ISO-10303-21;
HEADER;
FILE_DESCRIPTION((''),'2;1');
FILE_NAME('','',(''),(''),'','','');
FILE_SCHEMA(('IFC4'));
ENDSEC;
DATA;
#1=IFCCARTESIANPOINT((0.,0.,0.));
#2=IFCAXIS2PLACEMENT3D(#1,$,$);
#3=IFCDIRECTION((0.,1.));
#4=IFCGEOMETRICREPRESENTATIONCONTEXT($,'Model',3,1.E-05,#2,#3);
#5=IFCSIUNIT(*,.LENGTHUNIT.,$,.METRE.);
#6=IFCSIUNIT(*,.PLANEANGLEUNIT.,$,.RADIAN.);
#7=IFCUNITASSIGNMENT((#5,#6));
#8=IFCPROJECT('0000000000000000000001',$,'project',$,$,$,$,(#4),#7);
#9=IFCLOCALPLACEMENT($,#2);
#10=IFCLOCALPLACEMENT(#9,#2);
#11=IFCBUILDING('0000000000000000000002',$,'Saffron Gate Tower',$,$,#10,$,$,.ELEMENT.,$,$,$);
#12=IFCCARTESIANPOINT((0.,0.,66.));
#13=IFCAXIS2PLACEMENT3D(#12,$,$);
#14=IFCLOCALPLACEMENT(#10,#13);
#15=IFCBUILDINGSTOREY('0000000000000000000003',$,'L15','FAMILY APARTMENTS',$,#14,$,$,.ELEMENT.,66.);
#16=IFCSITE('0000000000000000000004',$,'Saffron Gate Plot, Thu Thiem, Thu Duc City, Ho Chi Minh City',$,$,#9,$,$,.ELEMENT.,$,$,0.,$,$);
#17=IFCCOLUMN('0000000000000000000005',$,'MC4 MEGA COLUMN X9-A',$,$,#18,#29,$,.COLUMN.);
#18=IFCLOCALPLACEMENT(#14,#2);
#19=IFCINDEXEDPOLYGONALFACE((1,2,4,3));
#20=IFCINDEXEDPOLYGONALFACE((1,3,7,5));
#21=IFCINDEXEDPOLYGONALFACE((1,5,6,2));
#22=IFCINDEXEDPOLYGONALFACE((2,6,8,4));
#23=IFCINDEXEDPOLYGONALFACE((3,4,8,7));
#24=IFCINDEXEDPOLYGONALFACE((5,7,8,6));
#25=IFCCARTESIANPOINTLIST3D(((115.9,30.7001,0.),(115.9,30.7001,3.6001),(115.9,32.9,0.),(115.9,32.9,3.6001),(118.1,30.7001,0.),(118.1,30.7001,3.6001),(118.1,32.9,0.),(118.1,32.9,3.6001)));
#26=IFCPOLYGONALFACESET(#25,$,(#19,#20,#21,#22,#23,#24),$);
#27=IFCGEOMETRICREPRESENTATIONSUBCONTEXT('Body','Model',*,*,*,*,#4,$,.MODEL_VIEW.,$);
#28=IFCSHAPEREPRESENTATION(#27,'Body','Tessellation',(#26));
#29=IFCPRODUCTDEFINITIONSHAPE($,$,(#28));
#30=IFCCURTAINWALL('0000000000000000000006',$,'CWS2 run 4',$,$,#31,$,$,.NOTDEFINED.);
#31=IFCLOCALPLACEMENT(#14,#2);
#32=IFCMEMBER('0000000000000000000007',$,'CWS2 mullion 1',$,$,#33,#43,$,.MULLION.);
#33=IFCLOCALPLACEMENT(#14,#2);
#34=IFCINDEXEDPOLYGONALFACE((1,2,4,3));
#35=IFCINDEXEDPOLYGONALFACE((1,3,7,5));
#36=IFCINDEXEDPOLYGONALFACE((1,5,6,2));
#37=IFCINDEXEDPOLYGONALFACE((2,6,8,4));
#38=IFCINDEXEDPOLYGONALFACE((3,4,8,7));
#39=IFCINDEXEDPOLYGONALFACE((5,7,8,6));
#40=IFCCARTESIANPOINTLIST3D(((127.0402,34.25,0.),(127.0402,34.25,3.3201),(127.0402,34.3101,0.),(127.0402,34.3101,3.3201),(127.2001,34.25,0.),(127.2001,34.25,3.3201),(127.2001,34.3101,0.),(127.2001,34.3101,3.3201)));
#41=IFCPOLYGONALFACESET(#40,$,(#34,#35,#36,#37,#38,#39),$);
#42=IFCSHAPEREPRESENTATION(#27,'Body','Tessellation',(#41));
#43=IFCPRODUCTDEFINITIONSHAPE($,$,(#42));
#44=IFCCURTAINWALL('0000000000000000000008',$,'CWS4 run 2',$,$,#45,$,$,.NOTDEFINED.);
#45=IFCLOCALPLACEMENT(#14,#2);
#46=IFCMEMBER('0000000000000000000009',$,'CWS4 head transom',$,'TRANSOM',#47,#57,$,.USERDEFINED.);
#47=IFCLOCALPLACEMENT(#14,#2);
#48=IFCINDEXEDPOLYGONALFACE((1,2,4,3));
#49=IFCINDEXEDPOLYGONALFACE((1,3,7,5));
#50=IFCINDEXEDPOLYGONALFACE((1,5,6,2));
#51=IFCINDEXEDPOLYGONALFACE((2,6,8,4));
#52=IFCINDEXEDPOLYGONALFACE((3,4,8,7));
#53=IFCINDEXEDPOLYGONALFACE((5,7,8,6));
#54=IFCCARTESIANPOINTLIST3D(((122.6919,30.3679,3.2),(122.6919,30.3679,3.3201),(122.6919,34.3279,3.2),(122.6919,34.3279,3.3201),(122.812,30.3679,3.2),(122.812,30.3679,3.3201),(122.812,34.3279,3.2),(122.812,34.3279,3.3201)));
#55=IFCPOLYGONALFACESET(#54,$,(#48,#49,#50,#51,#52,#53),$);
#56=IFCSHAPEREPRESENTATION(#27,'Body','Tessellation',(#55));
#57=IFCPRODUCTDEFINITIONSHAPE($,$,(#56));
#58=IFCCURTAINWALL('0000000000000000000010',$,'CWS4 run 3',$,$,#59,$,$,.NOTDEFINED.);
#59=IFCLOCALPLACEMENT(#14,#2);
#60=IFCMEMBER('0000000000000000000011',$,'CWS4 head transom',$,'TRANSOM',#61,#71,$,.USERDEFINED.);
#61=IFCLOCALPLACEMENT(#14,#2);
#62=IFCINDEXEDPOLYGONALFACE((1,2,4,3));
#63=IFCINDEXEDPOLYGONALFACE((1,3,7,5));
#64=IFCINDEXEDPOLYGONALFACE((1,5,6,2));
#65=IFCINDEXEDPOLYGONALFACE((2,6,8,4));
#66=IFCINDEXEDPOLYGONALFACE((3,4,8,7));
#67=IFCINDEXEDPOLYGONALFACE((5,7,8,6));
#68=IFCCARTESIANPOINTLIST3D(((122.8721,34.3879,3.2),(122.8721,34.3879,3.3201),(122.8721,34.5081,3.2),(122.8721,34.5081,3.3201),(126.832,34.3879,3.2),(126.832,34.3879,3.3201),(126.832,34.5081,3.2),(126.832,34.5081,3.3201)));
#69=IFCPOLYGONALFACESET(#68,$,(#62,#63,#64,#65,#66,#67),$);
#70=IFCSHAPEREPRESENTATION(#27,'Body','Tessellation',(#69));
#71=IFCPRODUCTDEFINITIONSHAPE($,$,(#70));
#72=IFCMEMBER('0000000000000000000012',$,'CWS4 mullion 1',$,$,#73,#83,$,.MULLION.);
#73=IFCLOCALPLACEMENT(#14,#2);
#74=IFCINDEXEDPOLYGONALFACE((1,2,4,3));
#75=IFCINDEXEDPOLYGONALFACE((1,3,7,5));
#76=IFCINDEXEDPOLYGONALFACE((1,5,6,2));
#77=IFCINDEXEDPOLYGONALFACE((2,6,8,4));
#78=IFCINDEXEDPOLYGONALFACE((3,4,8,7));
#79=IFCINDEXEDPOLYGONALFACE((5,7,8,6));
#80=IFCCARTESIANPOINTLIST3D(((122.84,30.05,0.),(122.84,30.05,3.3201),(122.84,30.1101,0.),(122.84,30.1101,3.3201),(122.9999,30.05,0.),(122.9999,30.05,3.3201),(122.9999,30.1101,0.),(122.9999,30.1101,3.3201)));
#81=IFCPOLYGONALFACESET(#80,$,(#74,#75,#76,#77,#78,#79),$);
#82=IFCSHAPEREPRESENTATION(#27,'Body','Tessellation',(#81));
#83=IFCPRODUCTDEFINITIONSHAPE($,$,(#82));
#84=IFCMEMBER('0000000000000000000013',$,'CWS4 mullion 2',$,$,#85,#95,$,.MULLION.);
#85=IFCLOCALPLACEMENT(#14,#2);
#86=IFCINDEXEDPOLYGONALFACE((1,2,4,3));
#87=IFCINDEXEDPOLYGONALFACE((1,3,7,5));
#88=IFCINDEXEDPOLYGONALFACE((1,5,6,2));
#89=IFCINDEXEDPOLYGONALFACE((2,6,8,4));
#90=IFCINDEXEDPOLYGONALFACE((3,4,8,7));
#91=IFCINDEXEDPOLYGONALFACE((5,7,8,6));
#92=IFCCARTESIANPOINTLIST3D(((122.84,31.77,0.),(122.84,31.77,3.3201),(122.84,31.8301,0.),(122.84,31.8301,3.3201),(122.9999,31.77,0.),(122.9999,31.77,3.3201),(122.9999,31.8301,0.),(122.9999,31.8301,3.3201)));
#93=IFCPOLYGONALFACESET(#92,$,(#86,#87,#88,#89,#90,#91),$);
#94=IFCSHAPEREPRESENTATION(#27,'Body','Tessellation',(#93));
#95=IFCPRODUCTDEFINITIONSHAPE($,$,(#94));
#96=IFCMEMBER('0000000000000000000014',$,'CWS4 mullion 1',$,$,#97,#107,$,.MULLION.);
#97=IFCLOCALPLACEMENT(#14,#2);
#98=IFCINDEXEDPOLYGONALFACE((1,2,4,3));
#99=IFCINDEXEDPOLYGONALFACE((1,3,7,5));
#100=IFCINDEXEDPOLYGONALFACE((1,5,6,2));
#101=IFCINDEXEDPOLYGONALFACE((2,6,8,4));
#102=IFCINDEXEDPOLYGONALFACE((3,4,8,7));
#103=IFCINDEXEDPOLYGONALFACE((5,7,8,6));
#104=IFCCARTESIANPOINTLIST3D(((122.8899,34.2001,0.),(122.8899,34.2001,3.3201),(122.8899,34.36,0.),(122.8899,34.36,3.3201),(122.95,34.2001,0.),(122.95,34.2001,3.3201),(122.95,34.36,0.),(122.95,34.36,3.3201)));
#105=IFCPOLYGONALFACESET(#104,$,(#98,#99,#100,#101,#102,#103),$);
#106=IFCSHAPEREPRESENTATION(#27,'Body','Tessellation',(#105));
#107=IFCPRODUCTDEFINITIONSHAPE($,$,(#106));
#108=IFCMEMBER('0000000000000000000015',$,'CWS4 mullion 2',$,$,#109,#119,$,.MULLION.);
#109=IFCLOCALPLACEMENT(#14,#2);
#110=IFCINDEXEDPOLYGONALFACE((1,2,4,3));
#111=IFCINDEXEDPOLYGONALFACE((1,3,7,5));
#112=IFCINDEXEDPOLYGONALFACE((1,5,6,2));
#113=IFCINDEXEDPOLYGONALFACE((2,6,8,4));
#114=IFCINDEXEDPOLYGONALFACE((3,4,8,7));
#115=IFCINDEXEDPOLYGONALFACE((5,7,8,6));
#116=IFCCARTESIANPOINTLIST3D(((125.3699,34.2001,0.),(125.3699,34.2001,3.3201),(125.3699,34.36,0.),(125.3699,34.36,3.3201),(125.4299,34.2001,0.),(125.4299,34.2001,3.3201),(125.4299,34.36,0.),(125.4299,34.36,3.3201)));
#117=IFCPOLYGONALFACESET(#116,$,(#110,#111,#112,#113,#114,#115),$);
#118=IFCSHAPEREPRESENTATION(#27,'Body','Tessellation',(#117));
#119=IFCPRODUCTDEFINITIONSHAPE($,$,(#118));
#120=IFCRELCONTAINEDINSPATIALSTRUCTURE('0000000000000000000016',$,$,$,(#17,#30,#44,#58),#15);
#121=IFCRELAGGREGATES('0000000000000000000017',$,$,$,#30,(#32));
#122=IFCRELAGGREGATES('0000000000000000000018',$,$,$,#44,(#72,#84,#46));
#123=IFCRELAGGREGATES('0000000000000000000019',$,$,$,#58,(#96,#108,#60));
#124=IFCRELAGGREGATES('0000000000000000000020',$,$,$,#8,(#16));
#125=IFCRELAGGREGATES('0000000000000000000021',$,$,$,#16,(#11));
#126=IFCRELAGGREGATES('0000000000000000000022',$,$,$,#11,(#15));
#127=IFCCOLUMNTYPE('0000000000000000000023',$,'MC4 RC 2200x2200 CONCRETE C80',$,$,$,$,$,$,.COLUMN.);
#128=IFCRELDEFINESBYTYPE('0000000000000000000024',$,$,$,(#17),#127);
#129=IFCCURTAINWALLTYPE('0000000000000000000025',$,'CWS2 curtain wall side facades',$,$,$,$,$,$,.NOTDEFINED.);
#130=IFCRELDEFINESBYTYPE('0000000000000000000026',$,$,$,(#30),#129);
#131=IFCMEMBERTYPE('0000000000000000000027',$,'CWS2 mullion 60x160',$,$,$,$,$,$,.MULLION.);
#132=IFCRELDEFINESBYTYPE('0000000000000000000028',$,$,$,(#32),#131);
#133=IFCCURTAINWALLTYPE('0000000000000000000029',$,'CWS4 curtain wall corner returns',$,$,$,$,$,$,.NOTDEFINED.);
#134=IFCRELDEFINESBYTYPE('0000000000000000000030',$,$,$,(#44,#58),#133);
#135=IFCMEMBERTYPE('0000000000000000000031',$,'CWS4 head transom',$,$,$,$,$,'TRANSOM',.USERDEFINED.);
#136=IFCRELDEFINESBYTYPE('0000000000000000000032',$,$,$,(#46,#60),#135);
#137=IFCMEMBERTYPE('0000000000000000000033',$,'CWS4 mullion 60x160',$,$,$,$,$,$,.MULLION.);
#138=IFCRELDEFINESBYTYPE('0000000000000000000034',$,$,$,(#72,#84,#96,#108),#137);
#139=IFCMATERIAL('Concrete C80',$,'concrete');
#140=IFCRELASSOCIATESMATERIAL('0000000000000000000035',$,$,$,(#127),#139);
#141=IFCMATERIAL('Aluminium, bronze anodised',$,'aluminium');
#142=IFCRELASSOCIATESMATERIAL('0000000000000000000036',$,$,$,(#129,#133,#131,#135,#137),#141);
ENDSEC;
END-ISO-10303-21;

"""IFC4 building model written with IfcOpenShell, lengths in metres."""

from ifc_helpers import new_model, si_unit, direction, frame, origin, origin_2d, place, context, subcontext, project, spatial, rectangle, extrude, material, material_profile, profile_set, type_object, element, aggregate, save


model = new_model("IFC4")

# Units and contexts
model_context = context("Model", 3, precision=1e-05, world=origin(), true_north=direction((0.0, 1.0)))
body_context = subcontext(model_context, "Body", "Model", "MODEL_VIEW")
ifc_project = project(units=[si_unit("LENGTHUNIT", "METRE"), si_unit("PLANEANGLEUNIT", "RADIAN")], contexts=[model_context])

# Site, building, storey
site_placement = place(None, origin())
site = spatial("IfcSite", under=ifc_project, at=site_placement, Name="Saffron Gate Plot, Thu Thiem, Thu Duc City, Ho Chi Minh City", CompositionType="ELEMENT", RefElevation=0.0)
building_placement = place(site_placement, origin())
building = spatial("IfcBuilding", under=site, at=building_placement, Name="Saffron Gate Tower", CompositionType="ELEMENT")
storey_placement = place(building_placement, frame((0.0, 0.0, 66.0)))
storey = spatial("IfcBuildingStorey", under=building, at=storey_placement, Name="L15", Description="FAMILY APARTMENTS", CompositionType="ELEMENT", Elevation=66.0)

# Column
ifc_material_1 = material(Name="Concrete C80", Category="concrete")
ifc_material_profile_1 = material_profile(ifc_material_1, rectangle(XDim=2.2, YDim=2.2, at=origin_2d()))
ifc_profile_set_1 = profile_set([ifc_material_profile_1], Name="Concrete C80")
column_type = type_object("IfcColumnType", Name="MC4 RC 2200x2200 CONCRETE C80", PredefinedType="COLUMN", material=ifc_profile_set_1)
column_placement = place(storey_placement, frame((117.0, 31.8, 0.0), z_axis=(0.0, 0.0, 1.0), x_axis=(1.0, 0.0, 0.0)))
element("IfcColumn", 1, at=column_placement, inside=storey, type_object=column_type, Name="MC4 MEGA COLUMN X9-A", PredefinedType="COLUMN", context=body_context, shape_type="SweptSolid", body=[
    extrude(rectangle(XDim=2.2, YDim=2.2, at=origin_2d()), origin(), (0.0, 0.0, 1.0), 3.6001),
])

# Curtain walls, members
ifc_material_2 = material(Name="Aluminium, bronze anodised", Category="aluminium")
curtain_wall_type_1 = type_object("IfcCurtainWallType", Name="CWS2 curtain wall side facades", PredefinedType="NOTDEFINED", material=ifc_material_2)
curtain_wall_1_placement = place(storey_placement, origin())
curtain_wall_1 = element("IfcCurtainWall", 2, at=curtain_wall_1_placement, inside=storey, type_object=curtain_wall_type_1, Name="CWS2 run 4", PredefinedType="NOTDEFINED")
ifc_material_profile_2 = material_profile(ifc_material_2, rectangle(XDim=0.1599, YDim=0.0601, at=origin_2d()))
ifc_profile_set_2 = profile_set([ifc_material_profile_2], Name="Aluminium, bronze anodised")
member_type_1 = type_object("IfcMemberType", Name="CWS2 mullion 60x160", PredefinedType="MULLION", material=ifc_profile_set_2)
member_1_placement = place(storey_placement, frame((127.1201, 34.28, 0.0), z_axis=(0.0, 0.0, 1.0), x_axis=(-1.0, 0.0, 0.0)))
member_1 = element("IfcMember", 3, at=member_1_placement, type_object=member_type_1, Name="CWS2 mullion 1", PredefinedType="MULLION", context=body_context, shape_type="SweptSolid", body=[
    extrude(rectangle(XDim=0.1599, YDim=0.0601, at=origin_2d()), origin(), (0.0, 0.0, 1.0), 3.3201),
])
curtain_wall_type_2 = type_object("IfcCurtainWallType", Name="CWS4 curtain wall corner returns", PredefinedType="NOTDEFINED", material=ifc_material_2)
curtain_wall_2_placement = place(storey_placement, origin())
curtain_wall_2 = element("IfcCurtainWall", 4, at=curtain_wall_2_placement, inside=storey, type_object=curtain_wall_type_2, Name="CWS4 run 2", PredefinedType="NOTDEFINED")
ifc_material_profile_3 = material_profile(ifc_material_2, rectangle(XDim=0.1201, YDim=0.1201, at=origin_2d()))
ifc_profile_set_3 = profile_set([ifc_material_profile_3], Name="Aluminium, bronze anodised")
member_type_2 = type_object("IfcMemberType", Name="CWS4 head transom", ElementType="TRANSOM", PredefinedType="USERDEFINED", material=ifc_profile_set_3)
member_2_placement = place(storey_placement, frame((122.752, 30.3679, 3.26), z_axis=(0.0, 1.0, 0.0), x_axis=(-1.0, 0.0, 0.0)))
member_2 = element("IfcMember", 5, at=member_2_placement, type_object=member_type_2, Name="CWS4 head transom", ObjectType="TRANSOM", PredefinedType="USERDEFINED", context=body_context, shape_type="SweptSolid", body=[
    extrude(rectangle(XDim=0.1201, YDim=0.1201, at=origin_2d()), origin(), (0.0, 0.0, 1.0), 3.96),
])
curtain_wall_3_placement = place(storey_placement, origin())
curtain_wall_3 = element("IfcCurtainWall", 6, at=curtain_wall_3_placement, inside=storey, type_object=curtain_wall_type_2, Name="CWS4 run 3", PredefinedType="NOTDEFINED")
member_3_placement = place(storey_placement, frame((122.8721, 34.448, 3.26), z_axis=(1.0, 0.0, 0.0), x_axis=(0.0, 1.0, 0.0)))
member_3 = element("IfcMember", 7, at=member_3_placement, type_object=member_type_2, Name="CWS4 head transom", ObjectType="TRANSOM", PredefinedType="USERDEFINED", context=body_context, shape_type="SweptSolid", body=[
    extrude(rectangle(XDim=0.1201, YDim=0.1201, at=origin_2d()), origin(), (0.0, 0.0, 1.0), 3.96),
])

# Members
ifc_material_profile_4 = material_profile(ifc_material_2, rectangle(XDim=0.1599, YDim=0.0601, at=origin_2d()))
ifc_profile_set_4 = profile_set([ifc_material_profile_4], Name="Aluminium, bronze anodised")
member_type_3 = type_object("IfcMemberType", Name="CWS4 mullion 60x160", PredefinedType="MULLION", material=ifc_profile_set_4)
member_4_placement = place(storey_placement, frame((122.9199, 30.0801, 0.0), z_axis=(0.0, 0.0, 1.0), x_axis=(-1.0, 0.0, 0.0)))
member_4 = element("IfcMember", 8, at=member_4_placement, type_object=member_type_3, Name="CWS4 mullion 1", PredefinedType="MULLION", context=body_context, shape_type="SweptSolid", body=[
    extrude(rectangle(XDim=0.1599, YDim=0.0601, at=origin_2d()), origin(), (0.0, 0.0, 1.0), 3.3201),
])
member_5_placement = place(storey_placement, frame((122.9199, 31.8, 0.0), z_axis=(0.0, 0.0, 1.0), x_axis=(-1.0, 0.0, 0.0)))
member_5 = element("IfcMember", 9, at=member_5_placement, type_object=member_type_3, Name="CWS4 mullion 2", PredefinedType="MULLION", context=body_context, shape_type="SweptSolid", body=[
    extrude(rectangle(XDim=0.1599, YDim=0.0601, at=origin_2d()), origin(), (0.0, 0.0, 1.0), 3.3201),
])
member_6_placement = place(storey_placement, frame((122.9199, 34.28, 0.0), z_axis=(0.0, 0.0, 1.0), x_axis=(0.0, 1.0, 0.0)))
member_6 = element("IfcMember", 10, at=member_6_placement, type_object=member_type_3, Name="CWS4 mullion 1", PredefinedType="MULLION", context=body_context, shape_type="SweptSolid", body=[
    extrude(rectangle(XDim=0.1599, YDim=0.0601, at=origin_2d()), origin(), (0.0, 0.0, 1.0), 3.3201),
])
member_7_placement = place(storey_placement, frame((125.3999, 34.28, 0.0), z_axis=(0.0, 0.0, 1.0), x_axis=(0.0, 1.0, 0.0)))
member_7 = element("IfcMember", 11, at=member_7_placement, type_object=member_type_3, Name="CWS4 mullion 2", PredefinedType="MULLION", context=body_context, shape_type="SweptSolid", body=[
    extrude(rectangle(XDim=0.1599, YDim=0.0601, at=origin_2d()), origin(), (0.0, 0.0, 1.0), 3.3201),
])

aggregate(curtain_wall_1, [member_1])

aggregate(curtain_wall_2, [member_4, member_5, member_2])
aggregate(curtain_wall_3, [member_6, member_7, member_3])

save(model, "model.ifc")
